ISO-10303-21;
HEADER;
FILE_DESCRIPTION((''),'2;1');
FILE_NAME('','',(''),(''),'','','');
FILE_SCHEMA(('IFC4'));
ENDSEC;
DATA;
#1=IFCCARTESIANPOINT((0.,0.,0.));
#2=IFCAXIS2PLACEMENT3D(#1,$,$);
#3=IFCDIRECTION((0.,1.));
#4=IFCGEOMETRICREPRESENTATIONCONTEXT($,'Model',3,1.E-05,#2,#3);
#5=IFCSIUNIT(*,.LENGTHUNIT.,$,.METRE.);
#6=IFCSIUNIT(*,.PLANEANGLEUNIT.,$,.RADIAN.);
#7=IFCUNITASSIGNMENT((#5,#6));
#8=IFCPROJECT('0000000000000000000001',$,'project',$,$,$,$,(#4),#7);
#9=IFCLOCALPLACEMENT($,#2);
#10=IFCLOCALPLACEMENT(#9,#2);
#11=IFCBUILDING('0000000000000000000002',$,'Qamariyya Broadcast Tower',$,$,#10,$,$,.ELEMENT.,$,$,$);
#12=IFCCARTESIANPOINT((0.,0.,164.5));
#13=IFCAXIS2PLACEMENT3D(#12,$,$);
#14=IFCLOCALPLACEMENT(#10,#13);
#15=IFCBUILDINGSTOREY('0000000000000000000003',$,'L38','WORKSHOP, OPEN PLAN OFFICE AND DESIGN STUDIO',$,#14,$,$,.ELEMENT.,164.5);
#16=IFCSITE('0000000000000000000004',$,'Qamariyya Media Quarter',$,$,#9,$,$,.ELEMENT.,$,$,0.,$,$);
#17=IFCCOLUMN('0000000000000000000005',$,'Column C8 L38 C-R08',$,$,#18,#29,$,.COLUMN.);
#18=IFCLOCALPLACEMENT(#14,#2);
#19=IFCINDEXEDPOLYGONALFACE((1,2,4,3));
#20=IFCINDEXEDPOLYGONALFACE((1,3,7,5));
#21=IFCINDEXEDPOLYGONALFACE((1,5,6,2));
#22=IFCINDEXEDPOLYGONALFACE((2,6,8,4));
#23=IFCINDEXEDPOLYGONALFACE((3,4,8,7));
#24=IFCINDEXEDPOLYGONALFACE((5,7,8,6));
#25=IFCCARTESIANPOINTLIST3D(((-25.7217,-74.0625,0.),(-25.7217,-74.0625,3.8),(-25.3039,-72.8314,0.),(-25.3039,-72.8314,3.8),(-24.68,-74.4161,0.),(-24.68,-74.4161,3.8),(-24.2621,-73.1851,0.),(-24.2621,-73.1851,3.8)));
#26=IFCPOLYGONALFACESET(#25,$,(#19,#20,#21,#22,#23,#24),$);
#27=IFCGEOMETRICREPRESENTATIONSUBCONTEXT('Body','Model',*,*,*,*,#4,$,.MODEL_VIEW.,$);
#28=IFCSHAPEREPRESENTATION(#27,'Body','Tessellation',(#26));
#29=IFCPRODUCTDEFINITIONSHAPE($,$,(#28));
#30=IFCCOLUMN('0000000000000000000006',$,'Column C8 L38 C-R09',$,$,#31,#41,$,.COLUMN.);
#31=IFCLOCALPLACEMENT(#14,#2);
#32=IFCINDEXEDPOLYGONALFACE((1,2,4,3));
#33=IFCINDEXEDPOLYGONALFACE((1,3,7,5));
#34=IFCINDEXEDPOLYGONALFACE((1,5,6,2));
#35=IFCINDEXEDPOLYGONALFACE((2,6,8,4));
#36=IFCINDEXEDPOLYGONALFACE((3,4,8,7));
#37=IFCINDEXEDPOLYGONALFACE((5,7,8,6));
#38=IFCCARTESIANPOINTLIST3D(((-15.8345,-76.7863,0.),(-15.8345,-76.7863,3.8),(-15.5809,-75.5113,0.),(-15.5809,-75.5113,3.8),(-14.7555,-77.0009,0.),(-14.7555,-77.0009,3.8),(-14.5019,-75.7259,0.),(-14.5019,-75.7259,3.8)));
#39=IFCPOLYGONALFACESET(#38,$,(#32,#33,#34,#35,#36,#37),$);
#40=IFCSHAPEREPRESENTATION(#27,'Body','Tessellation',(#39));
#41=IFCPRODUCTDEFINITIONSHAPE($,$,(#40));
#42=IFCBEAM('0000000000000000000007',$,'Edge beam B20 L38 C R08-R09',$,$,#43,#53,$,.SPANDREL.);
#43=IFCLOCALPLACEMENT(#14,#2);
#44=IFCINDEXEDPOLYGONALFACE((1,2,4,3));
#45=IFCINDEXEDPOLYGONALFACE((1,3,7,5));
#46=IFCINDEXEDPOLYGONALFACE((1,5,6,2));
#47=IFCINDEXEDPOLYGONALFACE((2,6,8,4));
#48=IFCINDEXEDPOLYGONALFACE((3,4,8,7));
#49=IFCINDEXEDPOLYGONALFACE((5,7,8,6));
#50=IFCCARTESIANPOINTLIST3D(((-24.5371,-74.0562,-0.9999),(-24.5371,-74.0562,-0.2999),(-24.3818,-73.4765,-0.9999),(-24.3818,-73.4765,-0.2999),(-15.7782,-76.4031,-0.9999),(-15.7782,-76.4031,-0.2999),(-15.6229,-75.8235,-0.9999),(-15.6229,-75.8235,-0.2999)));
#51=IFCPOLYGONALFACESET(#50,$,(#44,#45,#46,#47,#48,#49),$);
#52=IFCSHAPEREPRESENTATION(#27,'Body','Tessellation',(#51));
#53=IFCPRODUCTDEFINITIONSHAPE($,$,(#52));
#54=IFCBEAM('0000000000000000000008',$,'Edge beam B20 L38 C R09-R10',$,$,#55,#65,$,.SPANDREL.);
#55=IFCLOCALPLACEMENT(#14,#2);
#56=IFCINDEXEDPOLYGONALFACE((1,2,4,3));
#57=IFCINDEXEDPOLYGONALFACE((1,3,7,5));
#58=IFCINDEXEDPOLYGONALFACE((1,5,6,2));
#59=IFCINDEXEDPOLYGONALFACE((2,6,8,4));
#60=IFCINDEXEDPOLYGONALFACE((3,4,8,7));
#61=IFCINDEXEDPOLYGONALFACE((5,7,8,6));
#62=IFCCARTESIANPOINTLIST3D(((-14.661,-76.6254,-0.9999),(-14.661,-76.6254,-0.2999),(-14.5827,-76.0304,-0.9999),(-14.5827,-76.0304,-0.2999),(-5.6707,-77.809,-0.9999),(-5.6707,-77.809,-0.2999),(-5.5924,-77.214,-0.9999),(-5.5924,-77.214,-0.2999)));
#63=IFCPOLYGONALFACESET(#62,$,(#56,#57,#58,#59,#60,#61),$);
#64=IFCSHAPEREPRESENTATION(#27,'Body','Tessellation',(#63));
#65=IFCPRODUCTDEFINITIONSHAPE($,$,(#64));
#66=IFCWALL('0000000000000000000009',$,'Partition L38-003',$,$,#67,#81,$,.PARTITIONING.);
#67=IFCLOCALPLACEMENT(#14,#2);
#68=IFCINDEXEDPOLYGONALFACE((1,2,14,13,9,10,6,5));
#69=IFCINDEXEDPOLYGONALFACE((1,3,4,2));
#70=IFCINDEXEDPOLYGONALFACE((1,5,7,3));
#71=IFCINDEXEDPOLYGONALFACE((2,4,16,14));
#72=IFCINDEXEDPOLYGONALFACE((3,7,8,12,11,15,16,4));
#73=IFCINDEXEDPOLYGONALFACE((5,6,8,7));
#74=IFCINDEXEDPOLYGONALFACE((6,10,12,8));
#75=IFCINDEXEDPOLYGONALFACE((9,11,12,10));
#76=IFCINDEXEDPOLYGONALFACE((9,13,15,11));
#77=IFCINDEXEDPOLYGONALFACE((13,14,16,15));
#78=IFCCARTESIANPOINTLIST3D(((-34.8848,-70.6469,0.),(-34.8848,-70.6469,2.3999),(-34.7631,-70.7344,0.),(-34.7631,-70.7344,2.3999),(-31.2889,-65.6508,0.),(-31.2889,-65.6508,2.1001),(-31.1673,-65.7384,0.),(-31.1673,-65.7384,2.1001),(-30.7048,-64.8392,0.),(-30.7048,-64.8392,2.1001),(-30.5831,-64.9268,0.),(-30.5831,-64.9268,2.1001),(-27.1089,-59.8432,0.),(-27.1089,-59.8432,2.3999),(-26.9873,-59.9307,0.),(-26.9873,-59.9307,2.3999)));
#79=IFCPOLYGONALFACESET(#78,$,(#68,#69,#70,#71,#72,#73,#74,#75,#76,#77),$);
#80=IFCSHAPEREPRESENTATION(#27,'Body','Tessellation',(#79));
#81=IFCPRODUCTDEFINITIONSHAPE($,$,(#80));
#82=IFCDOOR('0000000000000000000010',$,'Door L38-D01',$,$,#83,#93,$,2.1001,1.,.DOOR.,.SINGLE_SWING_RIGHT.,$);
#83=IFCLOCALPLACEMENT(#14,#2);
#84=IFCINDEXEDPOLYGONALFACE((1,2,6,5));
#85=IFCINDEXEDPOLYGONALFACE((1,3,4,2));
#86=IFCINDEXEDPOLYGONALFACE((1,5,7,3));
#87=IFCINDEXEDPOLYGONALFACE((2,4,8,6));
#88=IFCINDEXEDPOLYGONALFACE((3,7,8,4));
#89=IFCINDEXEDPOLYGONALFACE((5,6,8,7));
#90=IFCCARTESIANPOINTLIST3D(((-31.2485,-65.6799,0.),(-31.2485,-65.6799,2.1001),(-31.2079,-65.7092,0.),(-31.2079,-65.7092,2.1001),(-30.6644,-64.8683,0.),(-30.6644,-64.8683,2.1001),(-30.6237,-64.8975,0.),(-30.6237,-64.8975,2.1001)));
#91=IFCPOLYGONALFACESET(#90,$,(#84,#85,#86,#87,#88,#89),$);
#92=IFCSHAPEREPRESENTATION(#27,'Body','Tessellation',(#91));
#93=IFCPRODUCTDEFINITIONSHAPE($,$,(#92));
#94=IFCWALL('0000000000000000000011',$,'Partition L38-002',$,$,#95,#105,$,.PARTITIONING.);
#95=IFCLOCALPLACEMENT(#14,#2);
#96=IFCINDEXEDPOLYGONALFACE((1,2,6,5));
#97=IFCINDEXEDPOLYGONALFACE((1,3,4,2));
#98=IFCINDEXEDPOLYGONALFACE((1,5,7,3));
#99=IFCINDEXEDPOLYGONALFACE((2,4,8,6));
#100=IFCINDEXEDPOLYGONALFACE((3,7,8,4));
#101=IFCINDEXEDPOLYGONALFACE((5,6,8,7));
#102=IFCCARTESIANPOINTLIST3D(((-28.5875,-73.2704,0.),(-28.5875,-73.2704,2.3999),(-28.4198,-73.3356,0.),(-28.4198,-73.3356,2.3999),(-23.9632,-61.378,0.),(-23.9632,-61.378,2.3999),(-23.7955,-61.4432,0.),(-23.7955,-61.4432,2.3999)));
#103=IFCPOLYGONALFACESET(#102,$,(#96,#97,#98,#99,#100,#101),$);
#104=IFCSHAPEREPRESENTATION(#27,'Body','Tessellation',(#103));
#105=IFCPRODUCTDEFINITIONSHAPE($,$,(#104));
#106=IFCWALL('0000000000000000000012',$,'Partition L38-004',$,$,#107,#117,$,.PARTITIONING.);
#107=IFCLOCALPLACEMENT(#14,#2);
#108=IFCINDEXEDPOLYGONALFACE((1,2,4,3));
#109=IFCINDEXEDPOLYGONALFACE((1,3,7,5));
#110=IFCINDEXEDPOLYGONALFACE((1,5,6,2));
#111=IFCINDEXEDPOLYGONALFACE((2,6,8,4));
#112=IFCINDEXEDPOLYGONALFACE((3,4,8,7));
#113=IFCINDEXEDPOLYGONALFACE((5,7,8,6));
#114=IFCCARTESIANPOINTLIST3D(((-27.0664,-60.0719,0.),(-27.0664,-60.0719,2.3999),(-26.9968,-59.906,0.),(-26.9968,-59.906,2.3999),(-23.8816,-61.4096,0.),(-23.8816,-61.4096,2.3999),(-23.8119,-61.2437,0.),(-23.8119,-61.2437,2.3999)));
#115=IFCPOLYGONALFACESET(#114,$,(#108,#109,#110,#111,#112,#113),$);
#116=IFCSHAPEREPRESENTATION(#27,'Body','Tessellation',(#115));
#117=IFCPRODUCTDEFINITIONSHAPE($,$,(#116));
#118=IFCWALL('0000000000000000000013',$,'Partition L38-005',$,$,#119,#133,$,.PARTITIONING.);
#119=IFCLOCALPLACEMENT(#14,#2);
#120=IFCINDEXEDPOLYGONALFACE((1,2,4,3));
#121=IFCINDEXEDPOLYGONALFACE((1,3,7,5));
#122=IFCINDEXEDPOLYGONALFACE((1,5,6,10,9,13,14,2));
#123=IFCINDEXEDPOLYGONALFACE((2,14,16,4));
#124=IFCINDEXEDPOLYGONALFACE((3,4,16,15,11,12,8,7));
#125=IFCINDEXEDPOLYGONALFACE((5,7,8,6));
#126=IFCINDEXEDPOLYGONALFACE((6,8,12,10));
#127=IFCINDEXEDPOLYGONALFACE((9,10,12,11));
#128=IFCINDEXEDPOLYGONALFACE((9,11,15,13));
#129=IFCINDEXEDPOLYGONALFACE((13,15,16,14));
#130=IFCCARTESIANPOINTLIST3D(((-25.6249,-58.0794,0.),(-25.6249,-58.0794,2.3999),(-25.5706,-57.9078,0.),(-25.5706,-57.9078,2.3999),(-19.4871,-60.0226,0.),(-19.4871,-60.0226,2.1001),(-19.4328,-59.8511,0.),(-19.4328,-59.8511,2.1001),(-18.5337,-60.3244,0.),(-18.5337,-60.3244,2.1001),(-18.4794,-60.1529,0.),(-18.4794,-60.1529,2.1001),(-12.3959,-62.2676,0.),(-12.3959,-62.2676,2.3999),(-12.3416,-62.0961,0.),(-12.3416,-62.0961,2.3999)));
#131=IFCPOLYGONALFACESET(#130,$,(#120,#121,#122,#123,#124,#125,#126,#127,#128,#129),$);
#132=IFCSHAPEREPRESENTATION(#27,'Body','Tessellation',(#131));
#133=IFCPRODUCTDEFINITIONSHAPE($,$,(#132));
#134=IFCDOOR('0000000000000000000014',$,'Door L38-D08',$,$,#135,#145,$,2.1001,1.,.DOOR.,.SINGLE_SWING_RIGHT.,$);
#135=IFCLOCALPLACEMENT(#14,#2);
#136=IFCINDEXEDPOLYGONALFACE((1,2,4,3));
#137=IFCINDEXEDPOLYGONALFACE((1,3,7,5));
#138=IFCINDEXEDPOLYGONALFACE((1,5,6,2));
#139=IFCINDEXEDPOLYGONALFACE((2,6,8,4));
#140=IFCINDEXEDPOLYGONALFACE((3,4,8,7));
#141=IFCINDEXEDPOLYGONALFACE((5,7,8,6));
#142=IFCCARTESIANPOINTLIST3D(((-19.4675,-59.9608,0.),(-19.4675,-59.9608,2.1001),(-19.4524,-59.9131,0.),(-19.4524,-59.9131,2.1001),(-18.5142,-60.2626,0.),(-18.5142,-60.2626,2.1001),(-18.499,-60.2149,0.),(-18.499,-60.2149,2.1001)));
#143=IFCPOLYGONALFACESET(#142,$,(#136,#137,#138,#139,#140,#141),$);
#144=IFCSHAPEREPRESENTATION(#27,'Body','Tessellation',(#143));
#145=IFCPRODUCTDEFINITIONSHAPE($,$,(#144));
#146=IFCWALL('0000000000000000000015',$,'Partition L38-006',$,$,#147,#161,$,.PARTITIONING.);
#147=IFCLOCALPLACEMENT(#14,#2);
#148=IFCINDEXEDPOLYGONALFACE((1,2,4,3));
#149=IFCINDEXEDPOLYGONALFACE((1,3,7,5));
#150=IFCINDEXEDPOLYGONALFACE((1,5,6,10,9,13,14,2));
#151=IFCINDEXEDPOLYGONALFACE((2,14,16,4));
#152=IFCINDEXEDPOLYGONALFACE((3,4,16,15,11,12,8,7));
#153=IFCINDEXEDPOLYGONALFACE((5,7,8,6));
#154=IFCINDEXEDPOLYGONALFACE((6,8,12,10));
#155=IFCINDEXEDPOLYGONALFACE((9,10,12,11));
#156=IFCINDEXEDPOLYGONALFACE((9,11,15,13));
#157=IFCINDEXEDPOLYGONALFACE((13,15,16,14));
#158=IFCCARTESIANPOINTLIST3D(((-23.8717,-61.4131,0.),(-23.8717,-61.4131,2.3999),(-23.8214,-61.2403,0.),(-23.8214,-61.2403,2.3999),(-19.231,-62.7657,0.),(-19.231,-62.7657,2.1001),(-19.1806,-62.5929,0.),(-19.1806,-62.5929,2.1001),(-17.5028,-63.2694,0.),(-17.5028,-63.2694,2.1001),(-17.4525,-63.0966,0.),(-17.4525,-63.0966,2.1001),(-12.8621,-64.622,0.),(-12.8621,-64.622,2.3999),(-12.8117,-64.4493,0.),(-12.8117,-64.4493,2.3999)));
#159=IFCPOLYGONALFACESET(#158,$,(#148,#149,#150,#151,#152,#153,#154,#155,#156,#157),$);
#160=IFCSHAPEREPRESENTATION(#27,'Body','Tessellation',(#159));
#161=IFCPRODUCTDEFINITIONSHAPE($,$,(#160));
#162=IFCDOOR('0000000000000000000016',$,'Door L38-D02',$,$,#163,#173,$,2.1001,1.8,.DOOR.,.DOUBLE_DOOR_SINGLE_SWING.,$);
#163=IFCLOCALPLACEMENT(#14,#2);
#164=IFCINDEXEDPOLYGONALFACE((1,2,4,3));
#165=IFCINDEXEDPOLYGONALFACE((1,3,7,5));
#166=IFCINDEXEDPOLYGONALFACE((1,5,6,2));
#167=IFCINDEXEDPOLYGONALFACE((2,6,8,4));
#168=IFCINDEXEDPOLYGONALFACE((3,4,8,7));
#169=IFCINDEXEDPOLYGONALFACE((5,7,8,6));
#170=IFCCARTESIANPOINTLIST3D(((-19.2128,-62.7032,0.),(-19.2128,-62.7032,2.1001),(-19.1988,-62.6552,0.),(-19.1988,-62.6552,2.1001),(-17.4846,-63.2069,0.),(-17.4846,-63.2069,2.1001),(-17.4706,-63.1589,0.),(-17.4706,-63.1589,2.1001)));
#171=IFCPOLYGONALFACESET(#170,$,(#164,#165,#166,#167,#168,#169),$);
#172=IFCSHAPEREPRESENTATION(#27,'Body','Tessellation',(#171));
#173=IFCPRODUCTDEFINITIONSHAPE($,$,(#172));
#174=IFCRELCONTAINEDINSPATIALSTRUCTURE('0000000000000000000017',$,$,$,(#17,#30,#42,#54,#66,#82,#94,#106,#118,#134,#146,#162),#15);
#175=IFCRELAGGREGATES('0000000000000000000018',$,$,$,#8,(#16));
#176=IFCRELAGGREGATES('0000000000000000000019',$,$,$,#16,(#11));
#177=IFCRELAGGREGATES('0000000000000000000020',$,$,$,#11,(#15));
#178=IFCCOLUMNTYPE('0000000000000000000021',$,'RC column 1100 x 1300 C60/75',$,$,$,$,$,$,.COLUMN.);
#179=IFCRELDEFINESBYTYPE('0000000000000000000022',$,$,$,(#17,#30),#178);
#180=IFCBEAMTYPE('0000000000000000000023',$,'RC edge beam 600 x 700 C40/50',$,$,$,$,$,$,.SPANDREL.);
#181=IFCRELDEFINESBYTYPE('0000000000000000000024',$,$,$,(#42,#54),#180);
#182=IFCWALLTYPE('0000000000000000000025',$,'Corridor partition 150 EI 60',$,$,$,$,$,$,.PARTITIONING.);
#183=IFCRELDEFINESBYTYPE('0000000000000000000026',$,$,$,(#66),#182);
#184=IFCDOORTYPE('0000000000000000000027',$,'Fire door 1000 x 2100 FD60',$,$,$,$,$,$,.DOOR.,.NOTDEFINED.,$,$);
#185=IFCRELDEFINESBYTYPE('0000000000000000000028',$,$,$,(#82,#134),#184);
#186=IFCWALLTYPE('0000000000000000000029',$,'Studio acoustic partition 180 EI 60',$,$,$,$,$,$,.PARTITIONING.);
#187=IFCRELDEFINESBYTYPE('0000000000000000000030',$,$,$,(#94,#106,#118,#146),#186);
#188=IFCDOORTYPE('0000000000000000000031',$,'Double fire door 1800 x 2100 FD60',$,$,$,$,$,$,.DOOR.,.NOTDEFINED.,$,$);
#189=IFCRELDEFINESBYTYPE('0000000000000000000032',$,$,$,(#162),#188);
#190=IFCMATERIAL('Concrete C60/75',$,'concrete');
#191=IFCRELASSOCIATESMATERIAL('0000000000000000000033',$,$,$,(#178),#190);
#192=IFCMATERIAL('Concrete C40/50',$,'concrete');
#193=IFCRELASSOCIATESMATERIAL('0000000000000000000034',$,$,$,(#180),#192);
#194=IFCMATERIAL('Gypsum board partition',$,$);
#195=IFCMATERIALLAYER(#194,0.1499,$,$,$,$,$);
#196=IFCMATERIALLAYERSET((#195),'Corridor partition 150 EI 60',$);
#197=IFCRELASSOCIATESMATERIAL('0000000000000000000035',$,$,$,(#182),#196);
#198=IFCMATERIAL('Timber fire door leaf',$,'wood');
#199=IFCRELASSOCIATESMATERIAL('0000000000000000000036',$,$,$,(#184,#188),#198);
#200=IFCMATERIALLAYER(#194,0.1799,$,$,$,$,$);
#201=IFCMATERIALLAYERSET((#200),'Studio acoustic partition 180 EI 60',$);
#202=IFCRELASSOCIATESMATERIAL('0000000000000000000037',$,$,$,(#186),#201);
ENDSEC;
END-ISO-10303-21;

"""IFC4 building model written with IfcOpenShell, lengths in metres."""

from ifc_helpers import new_model, si_unit, direction, frame, frame_2d, origin, origin_2d, place, context, subcontext, project, spatial, rectangle, extrude, material, layer, layer_set, material_profile, profile_set, type_object, element, fill, save


model = new_model("IFC4")

# Units and contexts
model_context = context("Model", 3, precision=1e-05, world=origin(), true_north=direction((0.0, 1.0)))
body_context = subcontext(model_context, "Body", "Model", "MODEL_VIEW")
ifc_project = project(units=[si_unit("LENGTHUNIT", "METRE"), si_unit("PLANEANGLEUNIT", "RADIAN")], contexts=[model_context])

# Site, building, storey
site_placement = place(None, origin())
site = spatial("IfcSite", under=ifc_project, at=site_placement, Name="Qamariyya Media Quarter", CompositionType="ELEMENT", RefElevation=0.0)
building_placement = place(site_placement, origin())
building = spatial("IfcBuilding", under=site, at=building_placement, Name="Qamariyya Broadcast Tower", CompositionType="ELEMENT")
storey_placement = place(building_placement, frame((0.0, 0.0, 164.5)))
storey = spatial("IfcBuildingStorey", under=building, at=storey_placement, Name="L38", Description="WORKSHOP, OPEN PLAN OFFICE AND DESIGN STUDIO", CompositionType="ELEMENT", Elevation=164.5)

# Columns
ifc_material_1 = material(Name="Concrete C60/75", Category="concrete")
ifc_material_profile_1 = material_profile(ifc_material_1, rectangle(XDim=1.1001, YDim=1.3, at=origin_2d()))
ifc_profile_set_1 = profile_set([ifc_material_profile_1], Name="Concrete C60/75")
column_type = type_object("IfcColumnType", Name="RC column 1100 x 1300 C60/75", PredefinedType="COLUMN", material=ifc_profile_set_1)
for number, where, z_axis, x_axis, name in (
    (1, (-24.9919, -73.6238, 0.0), (0.0, 0.0, 1.0), (0.94693, -0.321439, 0.0), "Column C8 L38 C-R08"),
    (2, (-15.1682, -76.2561, 0.0), (0.0, 0.0, 1.0), (0.980785, -0.19509, 0.0), "Column C8 L38 C-R09"),
):
    element("IfcColumn", number, at=place(storey_placement, frame(where, z_axis=z_axis, x_axis=x_axis)), inside=storey, type_object=column_type, Name=name, PredefinedType="COLUMN", context=body_context, shape_type="SweptSolid", body=[
        extrude(rectangle(XDim=1.1001, YDim=1.3, at=origin_2d()), origin(), (0.0, 0.0, 1.0), 3.8),
    ])

# Beams
ifc_material_2 = material(Name="Concrete C40/50", Category="concrete")
ifc_material_profile_2 = material_profile(ifc_material_2, rectangle(XDim=0.6001, YDim=0.7, at=origin_2d()))
ifc_profile_set_2 = profile_set([ifc_material_profile_2], Name="Concrete C40/50")
beam_type = type_object("IfcBeamType", Name="RC edge beam 600 x 700 C40/50", PredefinedType="SPANDREL", material=ifc_profile_set_2)
for number, where, z_axis, x_axis, name in (
    (3, (-24.4595, -73.7664, -0.6499), (0.965925, -0.25882, 0.0), (0.25882, 0.965925, 0.0), "Edge beam B20 L38 C R08-R09"),
    (4, (-14.6218, -76.3279, -0.6499), (0.991445, -0.130527, 0.0), (0.130527, 0.991445, 0.0), "Edge beam B20 L38 C R09-R10"),
):
    element("IfcBeam", number, at=place(storey_placement, frame(where, z_axis=z_axis, x_axis=x_axis)), inside=storey, type_object=beam_type, Name=name, PredefinedType="SPANDREL", context=body_context, shape_type="SweptSolid", body=[
        extrude(rectangle(XDim=0.6001, YDim=0.7, at=origin_2d()), origin(), (0.0, 0.0, 1.0), 9.0679),
    ])

# Wall, opening, door
ifc_material_3 = material(Name="Gypsum board partition")
ifc_layer_1 = layer(ifc_material_3, 0.1499)
ifc_layer_set_1 = layer_set([ifc_layer_1], Name="Corridor partition 150 EI 60")
wall_type_1 = type_object("IfcWallType", Name="Corridor partition 150 EI 60", PredefinedType="PARTITIONING", material=ifc_layer_set_1)
wall_1_placement = place(storey_placement, frame((-27.0481, -59.887, 0.0), z_axis=(0.0, 0.0, 1.0), x_axis=(-0.584167, -0.811634, 0.0)))
wall_1 = element("IfcWall", 5, at=wall_1_placement, inside=storey, type_object=wall_type_1, Name="Partition L38-003", PredefinedType="PARTITIONING", context=body_context, shape_type="SweptSolid", body=[
    extrude(rectangle(XDim=13.311, YDim=0.1499, at=frame_2d((6.6555, 0.0))), origin(), (0.0, 0.0, 1.0), 2.3999),
])
opening_1_placement = place(wall_1_placement, frame((6.1555, 0.0, 0.0)))
opening_1 = element("IfcOpeningElement", 6, at=opening_1_placement, cuts=wall_1, PredefinedType="OPENING", context=body_context, shape_type="SweptSolid", body=[
    extrude(rectangle(XDim=1.0, YDim=2.1001, at=frame_2d((0.5, 1.05))), frame((0.0, 0.085, 0.0), z_axis=(0.0, -1.0, 0.0), x_axis=(1.0, 0.0, 0.0)), (0.0, 0.0, 1.0), 0.1699),
])
ifc_material_4 = material(Name="Timber fire door leaf", Category="wood")
door_type_1 = type_object("IfcDoorType", Name="Fire door 1000 x 2100 FD60", OperationType="NOTDEFINED", PredefinedType="DOOR", material=ifc_material_4)
door_1_placement = place(opening_1_placement, origin())
door_1 = element("IfcDoor", 7, at=door_1_placement, inside=storey, type_object=door_type_1, Name="Door L38-D01", OperationType="SINGLE_SWING_RIGHT", OverallHeight=2.1001, OverallWidth=1.0, PredefinedType="DOOR", context=body_context, shape_type="SweptSolid", body=[
    extrude(rectangle(XDim=1.0, YDim=2.1001, at=frame_2d((0.5, 1.05))), frame((0.0, 0.0249, 0.0), z_axis=(0.0, -1.0, 0.0), x_axis=(1.0, 0.0, 0.0)), (0.0, 0.0, 1.0), 0.05),
])
fill(opening_1, door_1)

# Walls
ifc_layer_2 = layer(ifc_material_3, 0.1799)
ifc_layer_set_2 = layer_set([ifc_layer_2], Name="Studio acoustic partition 180 EI 60")
wall_type_2 = type_object("IfcWallType", Name="Studio acoustic partition 180 EI 60", PredefinedType="PARTITIONING", material=ifc_layer_set_2)
wall_2_placement = place(storey_placement, frame((-28.5037, -73.303, 0.0), z_axis=(0.0, 0.0, 1.0), x_axis=(0.36241, 0.932019, 0.0)))
element("IfcWall", 8, at=wall_2_placement, inside=storey, type_object=wall_type_2, Name="Partition L38-002", PredefinedType="PARTITIONING", context=body_context, shape_type="SweptSolid", body=[
    extrude(rectangle(XDim=12.7598, YDim=0.1799, at=frame_2d((6.3799, 0.0))), origin(), (0.0, 0.0, 1.0), 2.3999),
])
wall_3_placement = place(storey_placement, frame((-27.0315, -59.989, 0.0), z_axis=(0.0, 0.0, 1.0), x_axis=(0.92198, -0.387238, 0.0)))
element("IfcWall", 9, at=wall_3_placement, inside=storey, type_object=wall_type_2, Name="Partition L38-004", PredefinedType="PARTITIONING", context=body_context, shape_type="SweptSolid", body=[
    extrude(rectangle(XDim=3.4543, YDim=0.1799, at=frame_2d((1.7271, 0.0))), origin(), (0.0, 0.0, 1.0), 2.3999),
])

# Walls, openings, doors
wall_4_placement = place(storey_placement, frame((-25.5977, -57.9937, 0.0), z_axis=(0.0, 0.0, 1.0), x_axis=(0.953362, -0.301829, 0.0)))
wall_4 = element("IfcWall", 10, at=wall_4_placement, inside=storey, type_object=wall_type_2, Name="Partition L38-005", PredefinedType="PARTITIONING", context=body_context, shape_type="SweptSolid", body=[
    extrude(rectangle(XDim=13.8762, YDim=0.1799, at=frame_2d((6.938, 0.0))), origin(), (0.0, 0.0, 1.0), 2.3999),
])
opening_2_placement = place(wall_4_placement, frame((6.438, 0.0, 0.0)))
opening_2 = element("IfcOpeningElement", 11, at=opening_2_placement, cuts=wall_4, PredefinedType="OPENING", context=body_context, shape_type="SweptSolid", body=[
    extrude(rectangle(XDim=1.0, YDim=2.1001, at=frame_2d((0.5, 1.05))), frame((0.0, 0.0999, 0.0), z_axis=(0.0, -1.0, 0.0), x_axis=(1.0, 0.0, 0.0)), (0.0, 0.0, 1.0), 0.2),
])
door_2_placement = place(opening_2_placement, origin())
door_2 = element("IfcDoor", 12, at=door_2_placement, inside=storey, type_object=door_type_1, Name="Door L38-D08", OperationType="SINGLE_SWING_RIGHT", OverallHeight=2.1001, OverallWidth=1.0, PredefinedType="DOOR", context=body_context, shape_type="SweptSolid", body=[
    extrude(rectangle(XDim=1.0, YDim=2.1001, at=frame_2d((0.5, 1.05))), frame((0.0, 0.0249, 0.0), z_axis=(0.0, -1.0, 0.0), x_axis=(1.0, 0.0, 0.0)), (0.0, 0.0, 1.0), 0.05),
])
fill(opening_2, door_2)
wall_5_placement = place(storey_placement, frame((-12.8369, -64.5356, 0.0), z_axis=(0.0, 0.0, 1.0), x_axis=(-0.960051, 0.279823, 0.0)))
wall_5 = element("IfcWall", 13, at=wall_5_placement, inside=storey, type_object=wall_type_2, Name="Partition L38-006", PredefinedType="PARTITIONING", context=body_context, shape_type="SweptSolid", body=[
    extrude(rectangle(XDim=11.4678, YDim=0.1799, at=frame_2d((5.7339, 0.0))), origin(), (0.0, 0.0, 1.0), 2.3999),
])
opening_3_placement = place(wall_5_placement, frame((4.834, 0.0, 0.0)))
opening_3 = element("IfcOpeningElement", 14, at=opening_3_placement, cuts=wall_5, PredefinedType="OPENING", context=body_context, shape_type="SweptSolid", body=[
    extrude(rectangle(XDim=1.8, YDim=2.1001, at=frame_2d((0.8999, 1.05))), frame((0.0, 0.0999, 0.0), z_axis=(0.0, -1.0, 0.0), x_axis=(1.0, 0.0, 0.0)), (0.0, 0.0, 1.0), 0.2),
])
door_type_2 = type_object("IfcDoorType", Name="Double fire door 1800 x 2100 FD60", OperationType="NOTDEFINED", PredefinedType="DOOR", material=ifc_material_4)
door_3_placement = place(opening_3_placement, origin())
door_3 = element("IfcDoor", 15, at=door_3_placement, inside=storey, type_object=door_type_2, Name="Door L38-D02", OperationType="DOUBLE_DOOR_SINGLE_SWING", OverallHeight=2.1001, OverallWidth=1.8, PredefinedType="DOOR", context=body_context, shape_type="SweptSolid", body=[
    extrude(rectangle(XDim=1.8, YDim=2.1001, at=frame_2d((0.8999, 1.05))), frame((0.0, 0.0249, 0.0), z_axis=(0.0, -1.0, 0.0), x_axis=(1.0, 0.0, 0.0)), (0.0, 0.0, 1.0), 0.05),
])
fill(opening_3, door_3)

save(model, "model.ifc")
